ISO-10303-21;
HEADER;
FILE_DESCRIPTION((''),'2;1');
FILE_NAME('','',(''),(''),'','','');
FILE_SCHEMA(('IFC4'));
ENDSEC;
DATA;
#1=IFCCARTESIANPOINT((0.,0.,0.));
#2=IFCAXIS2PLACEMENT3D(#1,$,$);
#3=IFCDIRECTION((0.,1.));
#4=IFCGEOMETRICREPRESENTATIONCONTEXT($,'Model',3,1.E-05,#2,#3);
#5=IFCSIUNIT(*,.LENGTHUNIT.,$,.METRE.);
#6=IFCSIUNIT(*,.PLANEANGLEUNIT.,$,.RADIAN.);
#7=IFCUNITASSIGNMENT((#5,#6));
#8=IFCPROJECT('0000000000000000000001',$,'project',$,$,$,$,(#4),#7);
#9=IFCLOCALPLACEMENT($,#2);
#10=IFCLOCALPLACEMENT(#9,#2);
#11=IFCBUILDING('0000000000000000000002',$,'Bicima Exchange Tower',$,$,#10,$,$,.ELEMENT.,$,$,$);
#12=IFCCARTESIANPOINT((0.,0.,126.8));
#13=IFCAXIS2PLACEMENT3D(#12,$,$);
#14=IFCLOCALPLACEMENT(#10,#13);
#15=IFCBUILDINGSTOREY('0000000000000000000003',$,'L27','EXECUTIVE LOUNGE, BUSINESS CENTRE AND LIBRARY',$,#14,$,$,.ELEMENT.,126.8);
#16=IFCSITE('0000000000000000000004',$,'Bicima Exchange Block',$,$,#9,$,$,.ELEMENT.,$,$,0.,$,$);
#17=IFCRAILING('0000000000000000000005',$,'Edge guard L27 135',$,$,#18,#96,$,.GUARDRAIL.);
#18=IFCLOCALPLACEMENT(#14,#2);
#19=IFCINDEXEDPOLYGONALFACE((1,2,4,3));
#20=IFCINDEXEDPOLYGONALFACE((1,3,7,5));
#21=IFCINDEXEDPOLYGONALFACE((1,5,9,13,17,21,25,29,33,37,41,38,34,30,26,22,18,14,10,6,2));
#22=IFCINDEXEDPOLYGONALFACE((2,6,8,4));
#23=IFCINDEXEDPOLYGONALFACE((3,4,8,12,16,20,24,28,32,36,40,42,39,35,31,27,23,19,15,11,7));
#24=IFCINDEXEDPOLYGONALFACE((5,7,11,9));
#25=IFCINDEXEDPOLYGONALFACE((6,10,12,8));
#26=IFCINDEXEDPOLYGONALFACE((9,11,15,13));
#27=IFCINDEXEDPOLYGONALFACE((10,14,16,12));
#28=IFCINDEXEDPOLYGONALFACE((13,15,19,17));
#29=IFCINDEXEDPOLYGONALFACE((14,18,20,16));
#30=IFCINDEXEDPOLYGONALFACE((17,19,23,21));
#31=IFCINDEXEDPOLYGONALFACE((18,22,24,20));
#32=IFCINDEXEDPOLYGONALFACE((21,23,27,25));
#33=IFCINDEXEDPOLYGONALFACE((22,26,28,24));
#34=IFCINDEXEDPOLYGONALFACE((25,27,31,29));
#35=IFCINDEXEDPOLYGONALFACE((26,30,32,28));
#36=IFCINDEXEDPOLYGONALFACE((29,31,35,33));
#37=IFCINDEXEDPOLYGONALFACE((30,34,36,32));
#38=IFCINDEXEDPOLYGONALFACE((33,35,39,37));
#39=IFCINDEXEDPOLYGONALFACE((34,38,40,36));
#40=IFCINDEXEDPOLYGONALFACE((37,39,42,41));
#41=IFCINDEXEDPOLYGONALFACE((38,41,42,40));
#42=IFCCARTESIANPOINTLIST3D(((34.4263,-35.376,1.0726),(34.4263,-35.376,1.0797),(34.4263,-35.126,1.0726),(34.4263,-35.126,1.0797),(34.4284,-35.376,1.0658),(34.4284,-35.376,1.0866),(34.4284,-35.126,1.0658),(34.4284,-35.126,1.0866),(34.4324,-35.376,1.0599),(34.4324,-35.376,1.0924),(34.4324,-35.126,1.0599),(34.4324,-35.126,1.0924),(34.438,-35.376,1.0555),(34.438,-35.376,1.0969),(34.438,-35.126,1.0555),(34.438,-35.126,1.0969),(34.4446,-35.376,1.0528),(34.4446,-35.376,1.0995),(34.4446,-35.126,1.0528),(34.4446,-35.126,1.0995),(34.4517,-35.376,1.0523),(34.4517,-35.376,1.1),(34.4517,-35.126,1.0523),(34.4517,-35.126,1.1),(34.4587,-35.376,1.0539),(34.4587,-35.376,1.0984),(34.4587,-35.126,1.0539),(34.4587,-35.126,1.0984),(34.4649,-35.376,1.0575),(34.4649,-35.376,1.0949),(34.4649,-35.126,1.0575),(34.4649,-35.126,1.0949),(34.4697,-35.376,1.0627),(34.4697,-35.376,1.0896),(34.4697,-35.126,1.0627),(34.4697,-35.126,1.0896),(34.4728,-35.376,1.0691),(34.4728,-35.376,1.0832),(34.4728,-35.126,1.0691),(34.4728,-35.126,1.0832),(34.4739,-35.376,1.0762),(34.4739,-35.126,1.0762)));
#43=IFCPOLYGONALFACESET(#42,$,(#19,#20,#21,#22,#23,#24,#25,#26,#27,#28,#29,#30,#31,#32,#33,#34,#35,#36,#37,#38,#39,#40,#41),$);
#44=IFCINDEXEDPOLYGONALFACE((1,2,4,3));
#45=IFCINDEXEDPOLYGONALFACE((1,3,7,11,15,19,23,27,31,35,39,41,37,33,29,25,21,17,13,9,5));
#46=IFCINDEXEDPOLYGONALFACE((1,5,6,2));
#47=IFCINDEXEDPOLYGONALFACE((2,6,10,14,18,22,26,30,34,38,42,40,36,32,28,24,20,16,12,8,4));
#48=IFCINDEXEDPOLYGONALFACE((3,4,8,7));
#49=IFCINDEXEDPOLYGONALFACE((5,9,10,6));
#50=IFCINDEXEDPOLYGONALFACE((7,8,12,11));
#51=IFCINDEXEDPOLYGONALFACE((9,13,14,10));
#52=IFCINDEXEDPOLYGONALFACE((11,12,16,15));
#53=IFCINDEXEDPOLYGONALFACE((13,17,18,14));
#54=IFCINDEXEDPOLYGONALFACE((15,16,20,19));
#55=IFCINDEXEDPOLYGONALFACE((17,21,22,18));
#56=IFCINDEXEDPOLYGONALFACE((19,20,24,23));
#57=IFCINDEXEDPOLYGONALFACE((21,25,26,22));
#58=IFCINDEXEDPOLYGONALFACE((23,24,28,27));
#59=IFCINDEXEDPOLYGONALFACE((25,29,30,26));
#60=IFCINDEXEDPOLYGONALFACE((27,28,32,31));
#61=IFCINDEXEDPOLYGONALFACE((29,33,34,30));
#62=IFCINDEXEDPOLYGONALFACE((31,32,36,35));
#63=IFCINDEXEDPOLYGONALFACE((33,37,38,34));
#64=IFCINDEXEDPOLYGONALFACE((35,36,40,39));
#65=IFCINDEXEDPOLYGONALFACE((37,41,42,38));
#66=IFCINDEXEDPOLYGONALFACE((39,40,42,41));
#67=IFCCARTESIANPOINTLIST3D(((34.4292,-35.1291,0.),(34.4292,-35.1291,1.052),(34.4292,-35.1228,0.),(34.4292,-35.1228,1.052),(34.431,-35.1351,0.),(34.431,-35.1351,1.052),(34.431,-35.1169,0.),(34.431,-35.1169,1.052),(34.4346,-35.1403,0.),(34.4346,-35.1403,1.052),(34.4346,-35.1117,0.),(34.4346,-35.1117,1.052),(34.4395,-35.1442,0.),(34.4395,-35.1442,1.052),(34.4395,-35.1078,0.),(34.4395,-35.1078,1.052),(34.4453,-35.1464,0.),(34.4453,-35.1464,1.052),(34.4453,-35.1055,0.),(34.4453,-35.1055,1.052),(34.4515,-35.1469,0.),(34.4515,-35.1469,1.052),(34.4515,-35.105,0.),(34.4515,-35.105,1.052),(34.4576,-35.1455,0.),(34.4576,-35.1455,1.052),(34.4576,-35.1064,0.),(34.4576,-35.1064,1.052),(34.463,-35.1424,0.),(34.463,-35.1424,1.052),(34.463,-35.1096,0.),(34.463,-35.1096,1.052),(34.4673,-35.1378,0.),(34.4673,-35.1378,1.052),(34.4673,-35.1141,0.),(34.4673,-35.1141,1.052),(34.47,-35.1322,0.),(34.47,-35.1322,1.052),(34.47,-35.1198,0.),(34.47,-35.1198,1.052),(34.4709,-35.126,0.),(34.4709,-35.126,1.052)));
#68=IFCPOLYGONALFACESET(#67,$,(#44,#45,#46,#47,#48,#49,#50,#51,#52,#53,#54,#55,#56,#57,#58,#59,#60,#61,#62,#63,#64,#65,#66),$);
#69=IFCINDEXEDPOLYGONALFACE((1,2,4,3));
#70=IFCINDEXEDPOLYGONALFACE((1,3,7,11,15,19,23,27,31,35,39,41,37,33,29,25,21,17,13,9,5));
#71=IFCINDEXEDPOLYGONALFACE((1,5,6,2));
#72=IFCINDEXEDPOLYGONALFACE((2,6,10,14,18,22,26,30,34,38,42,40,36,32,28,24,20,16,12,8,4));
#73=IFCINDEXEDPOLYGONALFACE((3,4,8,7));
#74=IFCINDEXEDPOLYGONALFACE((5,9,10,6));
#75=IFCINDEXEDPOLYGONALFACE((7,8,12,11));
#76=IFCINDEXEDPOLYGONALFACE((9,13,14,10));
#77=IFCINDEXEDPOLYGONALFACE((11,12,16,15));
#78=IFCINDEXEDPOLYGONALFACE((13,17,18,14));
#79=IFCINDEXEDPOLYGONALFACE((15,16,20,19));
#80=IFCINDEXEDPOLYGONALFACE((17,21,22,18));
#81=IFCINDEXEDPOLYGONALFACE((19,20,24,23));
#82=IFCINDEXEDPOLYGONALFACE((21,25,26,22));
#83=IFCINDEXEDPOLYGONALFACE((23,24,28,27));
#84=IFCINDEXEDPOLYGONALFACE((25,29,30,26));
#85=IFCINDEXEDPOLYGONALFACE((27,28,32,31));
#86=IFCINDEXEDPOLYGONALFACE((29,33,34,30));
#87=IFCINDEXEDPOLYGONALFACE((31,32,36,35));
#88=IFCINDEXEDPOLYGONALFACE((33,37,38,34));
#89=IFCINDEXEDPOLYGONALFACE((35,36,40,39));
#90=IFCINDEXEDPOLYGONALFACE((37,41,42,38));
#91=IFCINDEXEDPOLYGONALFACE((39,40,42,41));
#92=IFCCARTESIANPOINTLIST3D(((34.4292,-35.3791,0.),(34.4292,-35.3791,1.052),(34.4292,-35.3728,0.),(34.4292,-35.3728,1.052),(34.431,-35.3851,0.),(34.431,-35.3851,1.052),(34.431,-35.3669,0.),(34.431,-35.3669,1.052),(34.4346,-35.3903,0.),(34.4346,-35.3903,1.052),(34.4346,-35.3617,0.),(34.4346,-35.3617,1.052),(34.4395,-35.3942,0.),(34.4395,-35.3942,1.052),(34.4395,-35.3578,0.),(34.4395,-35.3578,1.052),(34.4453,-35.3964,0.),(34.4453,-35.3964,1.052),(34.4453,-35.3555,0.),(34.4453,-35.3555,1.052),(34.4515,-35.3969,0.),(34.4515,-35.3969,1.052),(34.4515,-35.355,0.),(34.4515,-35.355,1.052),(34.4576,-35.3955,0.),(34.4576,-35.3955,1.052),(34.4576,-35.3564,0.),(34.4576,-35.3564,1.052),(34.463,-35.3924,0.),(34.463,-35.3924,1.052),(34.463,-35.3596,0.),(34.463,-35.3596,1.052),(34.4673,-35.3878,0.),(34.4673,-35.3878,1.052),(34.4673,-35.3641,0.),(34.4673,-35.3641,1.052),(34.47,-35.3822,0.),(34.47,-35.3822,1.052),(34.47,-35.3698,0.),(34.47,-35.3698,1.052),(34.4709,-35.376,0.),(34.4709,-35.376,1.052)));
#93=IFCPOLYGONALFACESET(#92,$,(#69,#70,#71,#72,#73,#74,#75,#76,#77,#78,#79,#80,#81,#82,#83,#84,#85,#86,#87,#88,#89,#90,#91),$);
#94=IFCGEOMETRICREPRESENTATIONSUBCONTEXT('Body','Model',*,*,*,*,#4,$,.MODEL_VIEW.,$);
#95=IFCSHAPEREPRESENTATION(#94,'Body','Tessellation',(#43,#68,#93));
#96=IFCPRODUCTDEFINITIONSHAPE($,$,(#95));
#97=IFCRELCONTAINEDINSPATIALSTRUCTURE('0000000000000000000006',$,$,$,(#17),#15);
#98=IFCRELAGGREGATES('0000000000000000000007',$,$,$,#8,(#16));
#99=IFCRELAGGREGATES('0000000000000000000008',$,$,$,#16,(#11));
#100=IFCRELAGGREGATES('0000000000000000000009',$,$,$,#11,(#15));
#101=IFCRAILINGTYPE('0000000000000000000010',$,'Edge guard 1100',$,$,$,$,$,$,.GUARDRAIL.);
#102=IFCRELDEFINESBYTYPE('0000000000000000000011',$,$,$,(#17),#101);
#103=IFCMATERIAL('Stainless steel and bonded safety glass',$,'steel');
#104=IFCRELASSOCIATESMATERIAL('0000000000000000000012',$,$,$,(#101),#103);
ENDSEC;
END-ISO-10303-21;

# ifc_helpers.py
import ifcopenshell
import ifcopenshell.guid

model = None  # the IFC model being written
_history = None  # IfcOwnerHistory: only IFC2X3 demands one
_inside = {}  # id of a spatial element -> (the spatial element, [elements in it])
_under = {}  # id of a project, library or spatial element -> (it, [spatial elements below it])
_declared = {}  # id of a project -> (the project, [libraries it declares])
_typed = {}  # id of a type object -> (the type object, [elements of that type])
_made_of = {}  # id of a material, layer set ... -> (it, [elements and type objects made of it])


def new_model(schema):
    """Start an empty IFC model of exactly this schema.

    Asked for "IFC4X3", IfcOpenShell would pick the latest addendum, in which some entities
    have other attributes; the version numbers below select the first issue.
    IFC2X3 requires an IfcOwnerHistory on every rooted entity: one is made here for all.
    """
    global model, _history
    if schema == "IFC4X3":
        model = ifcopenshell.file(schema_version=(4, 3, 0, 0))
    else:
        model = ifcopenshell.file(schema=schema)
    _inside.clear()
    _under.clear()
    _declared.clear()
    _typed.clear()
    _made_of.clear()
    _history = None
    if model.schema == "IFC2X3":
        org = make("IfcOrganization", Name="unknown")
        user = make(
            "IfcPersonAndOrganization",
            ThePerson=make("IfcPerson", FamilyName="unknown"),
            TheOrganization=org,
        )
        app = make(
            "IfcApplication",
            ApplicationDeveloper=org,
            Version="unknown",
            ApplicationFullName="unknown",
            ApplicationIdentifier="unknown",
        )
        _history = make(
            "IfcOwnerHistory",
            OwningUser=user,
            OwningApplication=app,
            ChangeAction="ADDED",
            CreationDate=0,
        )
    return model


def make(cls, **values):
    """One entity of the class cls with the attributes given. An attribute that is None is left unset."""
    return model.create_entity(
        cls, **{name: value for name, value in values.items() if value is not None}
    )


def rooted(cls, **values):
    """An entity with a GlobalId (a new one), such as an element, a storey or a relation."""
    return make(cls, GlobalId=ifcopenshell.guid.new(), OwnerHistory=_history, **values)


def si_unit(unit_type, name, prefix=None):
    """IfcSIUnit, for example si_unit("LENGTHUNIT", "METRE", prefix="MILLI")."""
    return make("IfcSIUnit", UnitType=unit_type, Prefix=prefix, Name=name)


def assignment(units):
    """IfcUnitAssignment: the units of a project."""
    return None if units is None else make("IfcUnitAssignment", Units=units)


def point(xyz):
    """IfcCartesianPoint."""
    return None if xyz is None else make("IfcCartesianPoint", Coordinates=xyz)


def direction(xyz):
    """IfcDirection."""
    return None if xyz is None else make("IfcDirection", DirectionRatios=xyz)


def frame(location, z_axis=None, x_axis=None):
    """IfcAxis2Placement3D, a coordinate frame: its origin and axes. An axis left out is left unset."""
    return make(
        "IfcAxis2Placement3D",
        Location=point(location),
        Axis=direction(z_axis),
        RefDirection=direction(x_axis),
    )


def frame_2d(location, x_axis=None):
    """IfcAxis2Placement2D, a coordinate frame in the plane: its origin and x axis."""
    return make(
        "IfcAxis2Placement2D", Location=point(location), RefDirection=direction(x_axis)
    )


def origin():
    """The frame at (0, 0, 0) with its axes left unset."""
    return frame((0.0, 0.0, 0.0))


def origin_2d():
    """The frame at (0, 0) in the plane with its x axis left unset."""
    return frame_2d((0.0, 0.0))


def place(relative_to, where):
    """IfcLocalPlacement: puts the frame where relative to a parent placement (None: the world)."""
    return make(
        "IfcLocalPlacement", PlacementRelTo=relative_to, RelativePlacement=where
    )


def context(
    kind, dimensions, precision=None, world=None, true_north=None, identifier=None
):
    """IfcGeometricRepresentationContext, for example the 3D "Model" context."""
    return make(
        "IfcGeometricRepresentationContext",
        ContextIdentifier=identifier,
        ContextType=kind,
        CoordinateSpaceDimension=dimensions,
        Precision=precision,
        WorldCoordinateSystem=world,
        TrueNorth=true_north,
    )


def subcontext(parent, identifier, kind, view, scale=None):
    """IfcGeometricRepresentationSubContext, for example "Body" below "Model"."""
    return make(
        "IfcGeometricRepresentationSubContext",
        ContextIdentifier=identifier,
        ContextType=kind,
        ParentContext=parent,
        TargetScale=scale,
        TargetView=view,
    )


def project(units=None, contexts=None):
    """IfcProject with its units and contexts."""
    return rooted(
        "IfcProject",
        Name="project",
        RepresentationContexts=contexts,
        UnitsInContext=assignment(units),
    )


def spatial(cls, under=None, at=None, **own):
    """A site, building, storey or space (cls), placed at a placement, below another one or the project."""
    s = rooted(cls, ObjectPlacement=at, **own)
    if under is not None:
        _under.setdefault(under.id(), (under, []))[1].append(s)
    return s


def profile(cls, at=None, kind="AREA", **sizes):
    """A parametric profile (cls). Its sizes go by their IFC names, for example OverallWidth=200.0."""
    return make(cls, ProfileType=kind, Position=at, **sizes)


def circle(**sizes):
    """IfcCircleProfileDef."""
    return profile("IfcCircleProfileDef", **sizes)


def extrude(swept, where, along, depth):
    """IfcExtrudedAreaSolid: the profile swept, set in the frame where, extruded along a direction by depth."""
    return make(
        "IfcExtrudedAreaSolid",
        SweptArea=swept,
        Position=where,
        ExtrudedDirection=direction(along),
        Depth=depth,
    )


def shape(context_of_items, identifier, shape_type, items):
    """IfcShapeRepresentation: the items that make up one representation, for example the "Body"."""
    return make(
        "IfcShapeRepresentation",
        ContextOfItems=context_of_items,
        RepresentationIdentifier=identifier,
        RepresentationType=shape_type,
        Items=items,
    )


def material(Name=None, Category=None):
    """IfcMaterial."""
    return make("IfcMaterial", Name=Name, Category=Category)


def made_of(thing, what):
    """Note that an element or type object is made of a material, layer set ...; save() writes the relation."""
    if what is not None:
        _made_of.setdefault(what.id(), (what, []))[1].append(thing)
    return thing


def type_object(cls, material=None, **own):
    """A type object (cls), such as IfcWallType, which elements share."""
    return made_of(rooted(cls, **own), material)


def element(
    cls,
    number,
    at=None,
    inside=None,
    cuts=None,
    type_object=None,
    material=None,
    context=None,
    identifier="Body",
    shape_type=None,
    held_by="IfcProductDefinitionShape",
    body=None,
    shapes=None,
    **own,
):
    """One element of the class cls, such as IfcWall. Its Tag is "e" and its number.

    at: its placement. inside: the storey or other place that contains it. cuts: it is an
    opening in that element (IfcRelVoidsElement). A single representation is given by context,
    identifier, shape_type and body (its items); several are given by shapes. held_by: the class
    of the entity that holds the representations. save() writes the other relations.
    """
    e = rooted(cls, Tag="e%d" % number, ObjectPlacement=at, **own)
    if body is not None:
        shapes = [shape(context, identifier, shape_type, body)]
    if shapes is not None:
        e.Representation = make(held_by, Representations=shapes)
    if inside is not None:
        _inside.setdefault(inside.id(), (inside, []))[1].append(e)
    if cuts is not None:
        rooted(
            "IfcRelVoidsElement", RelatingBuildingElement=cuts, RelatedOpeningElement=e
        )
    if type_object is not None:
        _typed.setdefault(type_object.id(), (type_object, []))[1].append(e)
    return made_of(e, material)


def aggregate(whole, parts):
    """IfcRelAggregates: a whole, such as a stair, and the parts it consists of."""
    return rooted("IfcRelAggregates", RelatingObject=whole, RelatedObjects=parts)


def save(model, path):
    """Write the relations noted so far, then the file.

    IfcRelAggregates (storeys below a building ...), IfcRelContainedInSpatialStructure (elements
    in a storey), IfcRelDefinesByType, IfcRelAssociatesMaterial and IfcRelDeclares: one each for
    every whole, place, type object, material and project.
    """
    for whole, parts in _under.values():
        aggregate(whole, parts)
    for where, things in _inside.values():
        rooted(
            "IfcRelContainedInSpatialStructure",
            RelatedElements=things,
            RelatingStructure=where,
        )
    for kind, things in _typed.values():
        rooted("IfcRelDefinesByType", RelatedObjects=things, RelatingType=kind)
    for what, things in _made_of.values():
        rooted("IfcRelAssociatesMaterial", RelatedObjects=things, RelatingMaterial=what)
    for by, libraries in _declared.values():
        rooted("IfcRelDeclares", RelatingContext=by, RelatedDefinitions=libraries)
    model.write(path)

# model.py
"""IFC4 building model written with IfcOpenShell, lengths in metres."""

from ifc_helpers import new_model, si_unit, direction, frame, origin, origin_2d, place, context, subcontext, project, spatial, circle, extrude, material, type_object, element, save


model = new_model("IFC4")

# Units and contexts
model_context = context("Model", 3, precision=1e-05, world=origin(), true_north=direction((0.0, 1.0)))
body_context = subcontext(model_context, "Body", "Model", "MODEL_VIEW")
ifc_project = project(units=[si_unit("LENGTHUNIT", "METRE"), si_unit("PLANEANGLEUNIT", "RADIAN")], contexts=[model_context])

# Site, building, storey
site_placement = place(None, origin())
site = spatial("IfcSite", under=ifc_project, at=site_placement, Name="Bicima Exchange Block", CompositionType="ELEMENT", RefElevation=0.0)
building_placement = place(site_placement, origin())
building = spatial("IfcBuilding", under=site, at=building_placement, Name="Bicima Exchange Tower", CompositionType="ELEMENT")
storey_placement = place(building_placement, frame((0.0, 0.0, 126.8)))
storey = spatial("IfcBuildingStorey", under=building, at=storey_placement, Name="L27", Description="EXECUTIVE LOUNGE, BUSINESS CENTRE AND LIBRARY", CompositionType="ELEMENT", Elevation=126.8)

# Railing
ifc_material_1 = material(Name="Stainless steel and bonded safety glass", Category="steel")
railing_type = type_object("IfcRailingType", Name="Edge guard 1100", PredefinedType="GUARDRAIL", material=ifc_material_1)
railing_1_placement = place(storey_placement, frame((34.45, -35.126, 0.0)))
element("IfcRailing", 1, at=railing_1_placement, inside=storey, type_object=railing_type, Name="Edge guard L27 135", PredefinedType="GUARDRAIL", context=body_context, shape_type="SweptSolid", body=[
    extrude(circle(Radius=0.0239, at=origin_2d()), frame((0.0, 0.0, 1.0762), z_axis=(0.0, -1.0, 0.0), x_axis=(1.0, 0.0, 0.0)), (0.0, 0.0, 1.0), 0.25),
    extrude(circle(Radius=0.021, at=origin_2d()), origin(), (0.0, 0.0, 1.0), 1.052),
    extrude(circle(Radius=0.021, at=origin_2d()), frame((0.0, -0.25, 0.0)), (0.0, 0.0, 1.0), 1.052),
])

save(model, "model.ifc")
